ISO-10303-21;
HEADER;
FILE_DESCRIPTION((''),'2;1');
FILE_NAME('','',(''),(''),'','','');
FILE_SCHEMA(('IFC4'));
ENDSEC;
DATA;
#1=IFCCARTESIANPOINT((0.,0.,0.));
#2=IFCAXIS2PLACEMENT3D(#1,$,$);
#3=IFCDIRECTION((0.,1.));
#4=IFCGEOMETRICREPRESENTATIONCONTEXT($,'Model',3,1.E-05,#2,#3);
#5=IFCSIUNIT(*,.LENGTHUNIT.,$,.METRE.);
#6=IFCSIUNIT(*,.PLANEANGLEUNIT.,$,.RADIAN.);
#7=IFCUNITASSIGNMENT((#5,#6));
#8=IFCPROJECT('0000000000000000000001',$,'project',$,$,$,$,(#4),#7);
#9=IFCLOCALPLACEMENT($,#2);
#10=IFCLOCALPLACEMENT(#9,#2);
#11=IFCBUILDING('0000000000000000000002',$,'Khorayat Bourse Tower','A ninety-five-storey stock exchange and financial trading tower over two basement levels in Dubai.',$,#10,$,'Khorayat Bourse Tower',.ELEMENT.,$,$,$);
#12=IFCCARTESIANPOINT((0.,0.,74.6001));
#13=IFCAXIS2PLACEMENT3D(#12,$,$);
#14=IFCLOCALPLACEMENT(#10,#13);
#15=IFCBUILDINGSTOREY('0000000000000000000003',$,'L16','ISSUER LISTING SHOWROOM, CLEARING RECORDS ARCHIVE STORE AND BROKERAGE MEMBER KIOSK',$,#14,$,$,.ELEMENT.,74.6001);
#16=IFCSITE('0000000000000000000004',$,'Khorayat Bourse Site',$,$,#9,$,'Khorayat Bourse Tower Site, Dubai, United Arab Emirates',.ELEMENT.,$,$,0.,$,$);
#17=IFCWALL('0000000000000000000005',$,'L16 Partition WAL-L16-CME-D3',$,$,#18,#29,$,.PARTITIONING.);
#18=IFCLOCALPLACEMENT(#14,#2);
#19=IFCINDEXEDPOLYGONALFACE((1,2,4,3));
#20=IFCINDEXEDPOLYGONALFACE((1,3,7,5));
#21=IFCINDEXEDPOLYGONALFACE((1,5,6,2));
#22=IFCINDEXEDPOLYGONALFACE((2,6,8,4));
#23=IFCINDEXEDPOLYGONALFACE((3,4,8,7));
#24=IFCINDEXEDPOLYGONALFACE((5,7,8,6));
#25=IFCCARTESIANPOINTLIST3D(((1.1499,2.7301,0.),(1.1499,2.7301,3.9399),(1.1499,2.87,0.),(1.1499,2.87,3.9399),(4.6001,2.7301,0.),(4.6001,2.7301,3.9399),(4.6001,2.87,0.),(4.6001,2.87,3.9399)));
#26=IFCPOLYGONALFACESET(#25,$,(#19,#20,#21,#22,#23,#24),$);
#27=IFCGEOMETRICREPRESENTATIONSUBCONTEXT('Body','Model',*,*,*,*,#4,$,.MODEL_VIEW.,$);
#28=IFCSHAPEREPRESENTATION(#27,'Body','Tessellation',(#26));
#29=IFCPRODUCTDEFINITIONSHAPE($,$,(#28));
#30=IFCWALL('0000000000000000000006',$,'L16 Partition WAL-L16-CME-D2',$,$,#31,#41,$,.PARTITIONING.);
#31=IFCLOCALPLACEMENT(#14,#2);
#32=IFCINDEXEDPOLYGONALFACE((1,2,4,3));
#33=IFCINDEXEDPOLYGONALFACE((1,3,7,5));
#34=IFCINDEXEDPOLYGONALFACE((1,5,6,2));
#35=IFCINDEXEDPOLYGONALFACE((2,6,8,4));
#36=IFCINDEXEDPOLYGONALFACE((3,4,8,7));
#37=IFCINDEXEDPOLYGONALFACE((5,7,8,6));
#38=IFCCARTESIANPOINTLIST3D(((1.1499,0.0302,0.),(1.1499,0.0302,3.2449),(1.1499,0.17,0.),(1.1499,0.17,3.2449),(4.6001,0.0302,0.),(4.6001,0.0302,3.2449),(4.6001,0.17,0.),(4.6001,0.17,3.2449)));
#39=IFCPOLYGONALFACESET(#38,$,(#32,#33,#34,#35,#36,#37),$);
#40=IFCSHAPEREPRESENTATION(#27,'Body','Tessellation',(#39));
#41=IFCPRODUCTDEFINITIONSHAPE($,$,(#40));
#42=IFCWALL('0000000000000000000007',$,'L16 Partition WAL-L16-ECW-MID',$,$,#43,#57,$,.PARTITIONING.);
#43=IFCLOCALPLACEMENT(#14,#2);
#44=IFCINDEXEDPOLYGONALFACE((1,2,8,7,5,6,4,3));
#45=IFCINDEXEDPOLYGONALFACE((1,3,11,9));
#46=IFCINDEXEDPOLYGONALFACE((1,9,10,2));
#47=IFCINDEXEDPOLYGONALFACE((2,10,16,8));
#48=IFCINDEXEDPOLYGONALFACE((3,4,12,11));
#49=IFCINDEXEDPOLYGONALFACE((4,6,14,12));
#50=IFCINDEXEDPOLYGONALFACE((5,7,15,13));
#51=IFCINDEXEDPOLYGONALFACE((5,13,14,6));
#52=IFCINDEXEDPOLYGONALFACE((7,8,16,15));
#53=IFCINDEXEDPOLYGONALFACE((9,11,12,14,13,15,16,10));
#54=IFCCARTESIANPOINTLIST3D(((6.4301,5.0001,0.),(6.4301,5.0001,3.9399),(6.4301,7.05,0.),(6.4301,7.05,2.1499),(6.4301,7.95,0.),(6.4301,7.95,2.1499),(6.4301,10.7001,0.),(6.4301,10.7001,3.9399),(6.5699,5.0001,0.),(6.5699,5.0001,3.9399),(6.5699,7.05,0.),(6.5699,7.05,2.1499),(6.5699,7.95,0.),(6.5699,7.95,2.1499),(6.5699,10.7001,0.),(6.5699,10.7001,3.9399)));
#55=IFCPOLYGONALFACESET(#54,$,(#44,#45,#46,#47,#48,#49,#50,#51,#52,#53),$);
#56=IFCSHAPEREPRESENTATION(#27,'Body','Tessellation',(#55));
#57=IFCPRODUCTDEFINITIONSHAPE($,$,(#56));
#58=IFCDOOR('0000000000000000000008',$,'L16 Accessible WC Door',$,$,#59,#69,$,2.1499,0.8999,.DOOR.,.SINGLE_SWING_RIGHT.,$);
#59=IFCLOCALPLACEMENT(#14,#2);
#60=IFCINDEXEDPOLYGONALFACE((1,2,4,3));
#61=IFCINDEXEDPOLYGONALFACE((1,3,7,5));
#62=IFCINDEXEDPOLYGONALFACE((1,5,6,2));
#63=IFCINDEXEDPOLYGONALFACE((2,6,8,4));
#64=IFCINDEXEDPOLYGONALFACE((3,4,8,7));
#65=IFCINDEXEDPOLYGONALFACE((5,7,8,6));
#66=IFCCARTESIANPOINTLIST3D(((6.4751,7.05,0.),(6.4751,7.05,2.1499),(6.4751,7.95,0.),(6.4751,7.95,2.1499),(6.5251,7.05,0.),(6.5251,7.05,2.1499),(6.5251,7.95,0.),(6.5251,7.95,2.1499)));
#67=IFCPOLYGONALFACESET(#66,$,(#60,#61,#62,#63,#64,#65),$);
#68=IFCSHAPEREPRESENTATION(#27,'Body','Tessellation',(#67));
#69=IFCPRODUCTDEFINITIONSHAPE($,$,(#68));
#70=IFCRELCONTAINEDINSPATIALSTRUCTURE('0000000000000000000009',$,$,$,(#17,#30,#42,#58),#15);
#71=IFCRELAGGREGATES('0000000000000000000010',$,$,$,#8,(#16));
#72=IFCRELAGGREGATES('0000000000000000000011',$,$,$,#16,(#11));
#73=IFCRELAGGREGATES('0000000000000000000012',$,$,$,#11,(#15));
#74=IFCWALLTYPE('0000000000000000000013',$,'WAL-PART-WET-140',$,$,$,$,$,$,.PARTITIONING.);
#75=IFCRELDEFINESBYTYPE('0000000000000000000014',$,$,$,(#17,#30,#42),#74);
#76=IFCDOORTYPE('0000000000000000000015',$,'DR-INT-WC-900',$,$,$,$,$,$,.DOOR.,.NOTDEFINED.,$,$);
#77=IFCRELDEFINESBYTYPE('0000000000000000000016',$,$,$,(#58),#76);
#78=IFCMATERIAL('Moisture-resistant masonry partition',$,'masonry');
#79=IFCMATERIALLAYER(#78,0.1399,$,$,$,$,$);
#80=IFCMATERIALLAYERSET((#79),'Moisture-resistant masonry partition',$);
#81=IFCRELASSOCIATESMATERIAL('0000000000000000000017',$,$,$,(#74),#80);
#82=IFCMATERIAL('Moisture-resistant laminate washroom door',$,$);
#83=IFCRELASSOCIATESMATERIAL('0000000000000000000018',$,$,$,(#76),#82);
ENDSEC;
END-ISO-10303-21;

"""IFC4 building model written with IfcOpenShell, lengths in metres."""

from ifc_helpers import new_model, si_unit, direction, frame, frame_2d, origin, place, context, subcontext, project, spatial, rectangle, extrude, source, transform, mapped, material, layer, layer_set, type_object, element, fill, save


model = new_model("IFC4")

# Units and contexts
model_context = context("Model", 3, precision=1e-05, world=origin(), true_north=direction((0.0, 1.0)))
body_context = subcontext(model_context, "Body", "Model", "MODEL_VIEW")
ifc_project = project(units=[si_unit("LENGTHUNIT", "METRE"), si_unit("PLANEANGLEUNIT", "RADIAN")], contexts=[model_context])

# Site, building, storey
site_placement = place(None, origin())
site = spatial("IfcSite", under=ifc_project, at=site_placement, Name="Khorayat Bourse Site", LongName="Khorayat Bourse Tower Site, Dubai, United Arab Emirates", CompositionType="ELEMENT", RefElevation=0.0)
building_placement = place(site_placement, origin())
building = spatial("IfcBuilding", under=site, at=building_placement, Name="Khorayat Bourse Tower", Description="A ninety-five-storey stock exchange and financial trading tower over two basement levels in Dubai.", LongName="Khorayat Bourse Tower", CompositionType="ELEMENT")
storey_placement = place(building_placement, frame((0.0, 0.0, 74.6001)))
storey = spatial("IfcBuildingStorey", under=building, at=storey_placement, Name="L16", Description="ISSUER LISTING SHOWROOM, CLEARING RECORDS ARCHIVE STORE AND BROKERAGE MEMBER KIOSK", CompositionType="ELEMENT", Elevation=74.6001)

# Shared definitions
ifc_material_1 = material(Name="Moisture-resistant masonry partition", Category="masonry")
ifc_layer_1 = layer(ifc_material_1, 0.1399)
ifc_layer_set_1 = layer_set([ifc_layer_1], Name="Moisture-resistant masonry partition")
wall_type_1 = type_object("IfcWallType", Name="WAL-PART-WET-140", PredefinedType="PARTITIONING", material=ifc_layer_set_1)

# Shared definitions
shared_shape_1 = source(origin(), body_context, "Body", "SweptSolid", [
    extrude(rectangle(XDim=0.8999, YDim=2.1499, at=frame_2d((0.45, 1.075))), frame((0.0, 0.0798, 0.0), z_axis=(0.0, -1.0, 0.0), x_axis=(1.0, 0.0, 0.0)), (0.0, 0.0, 1.0), 0.1599),
])
ifc_material_2 = material(Name="Moisture-resistant laminate washroom door")
door_type = type_object("IfcDoorType", Name="DR-INT-WC-900", OperationType="NOTDEFINED", PredefinedType="DOOR", material=ifc_material_2)
shared_shape_2 = source(origin(), body_context, "Body", "SweptSolid", [
    extrude(rectangle(XDim=0.8999, YDim=2.1499, at=frame_2d((0.45, 1.075))), frame((0.0, 0.0249, 0.0), z_axis=(0.0, -1.0, 0.0), x_axis=(1.0, 0.0, 0.0)), (0.0, 0.0, 1.0), 0.05),
])

# Walls
shared_shape_3 = source(origin(), body_context, "Body", "SweptSolid", [
    extrude(rectangle(XDim=3.4502, YDim=0.1399, at=frame_2d((1.7251, 0.0))), origin(), (0.0, 0.0, 1.0), 3.9399),
])
wall_1_placement = place(storey_placement, frame((1.1499, 2.8, 0.0), z_axis=(0.0, 0.0, 1.0), x_axis=(1.0, 0.0, 0.0)))
element("IfcWall", 1, at=wall_1_placement, inside=storey, type_object=wall_type_1, Name="L16 Partition WAL-L16-CME-D3", PredefinedType="PARTITIONING", context=body_context, shape_type="MappedRepresentation", body=[
    mapped(shared_shape_3, transform((0.0, 0.0, 0.0), scale=1.0)),
])
shared_shape_4 = source(origin(), body_context, "Body", "SweptSolid", [
    extrude(rectangle(XDim=3.4502, YDim=0.1399, at=frame_2d((1.7251, 0.0))), origin(), (0.0, 0.0, 1.0), 3.2449),
])
wall_2_placement = place(storey_placement, frame((1.1499, 0.1001, 0.0), z_axis=(0.0, 0.0, 1.0), x_axis=(1.0, 0.0, 0.0)))
element("IfcWall", 2, at=wall_2_placement, inside=storey, type_object=wall_type_1, Name="L16 Partition WAL-L16-CME-D2", PredefinedType="PARTITIONING", context=body_context, shape_type="MappedRepresentation", body=[
    mapped(shared_shape_4, transform((0.0, 0.0, 0.0), scale=1.0)),
])

# Wall, opening, door
shared_shape_5 = source(origin(), body_context, "Body", "SweptSolid", [
    extrude(rectangle(XDim=5.7, YDim=0.1399, at=frame_2d((2.8501, 0.0))), origin(), (0.0, 0.0, 1.0), 3.9399),
])
wall_3_placement = place(storey_placement, frame((6.5, 5.0, 0.0), z_axis=(0.0, 0.0, 1.0), x_axis=(0.0, 1.0, 0.0)))
wall_3 = element("IfcWall", 3, at=wall_3_placement, inside=storey, type_object=wall_type_1, Name="L16 Partition WAL-L16-ECW-MID", PredefinedType="PARTITIONING", context=body_context, shape_type="MappedRepresentation", body=[
    mapped(shared_shape_5, transform((0.0, 0.0, 0.0), scale=1.0)),
])
opening_1_placement = place(wall_3_placement, frame((2.05, 0.0, 0.0)))
opening_1 = element("IfcOpeningElement", 4, at=opening_1_placement, cuts=wall_3, PredefinedType="OPENING", context=body_context, shape_type="MappedRepresentation", body=[
    mapped(shared_shape_1, transform((0.0, 0.0, 0.0), scale=1.0)),
])
door_1_placement = place(opening_1_placement, origin())
door_1 = element("IfcDoor", 5, at=door_1_placement, inside=storey, type_object=door_type, Name="L16 Accessible WC Door", OperationType="SINGLE_SWING_RIGHT", OverallHeight=2.1499, OverallWidth=0.8999, PredefinedType="DOOR", context=body_context, shape_type="MappedRepresentation", body=[
    mapped(shared_shape_2, transform((0.0, 0.0, 0.0), scale=1.0)),
])
fill(opening_1, door_1)

save(model, "model.ifc")
